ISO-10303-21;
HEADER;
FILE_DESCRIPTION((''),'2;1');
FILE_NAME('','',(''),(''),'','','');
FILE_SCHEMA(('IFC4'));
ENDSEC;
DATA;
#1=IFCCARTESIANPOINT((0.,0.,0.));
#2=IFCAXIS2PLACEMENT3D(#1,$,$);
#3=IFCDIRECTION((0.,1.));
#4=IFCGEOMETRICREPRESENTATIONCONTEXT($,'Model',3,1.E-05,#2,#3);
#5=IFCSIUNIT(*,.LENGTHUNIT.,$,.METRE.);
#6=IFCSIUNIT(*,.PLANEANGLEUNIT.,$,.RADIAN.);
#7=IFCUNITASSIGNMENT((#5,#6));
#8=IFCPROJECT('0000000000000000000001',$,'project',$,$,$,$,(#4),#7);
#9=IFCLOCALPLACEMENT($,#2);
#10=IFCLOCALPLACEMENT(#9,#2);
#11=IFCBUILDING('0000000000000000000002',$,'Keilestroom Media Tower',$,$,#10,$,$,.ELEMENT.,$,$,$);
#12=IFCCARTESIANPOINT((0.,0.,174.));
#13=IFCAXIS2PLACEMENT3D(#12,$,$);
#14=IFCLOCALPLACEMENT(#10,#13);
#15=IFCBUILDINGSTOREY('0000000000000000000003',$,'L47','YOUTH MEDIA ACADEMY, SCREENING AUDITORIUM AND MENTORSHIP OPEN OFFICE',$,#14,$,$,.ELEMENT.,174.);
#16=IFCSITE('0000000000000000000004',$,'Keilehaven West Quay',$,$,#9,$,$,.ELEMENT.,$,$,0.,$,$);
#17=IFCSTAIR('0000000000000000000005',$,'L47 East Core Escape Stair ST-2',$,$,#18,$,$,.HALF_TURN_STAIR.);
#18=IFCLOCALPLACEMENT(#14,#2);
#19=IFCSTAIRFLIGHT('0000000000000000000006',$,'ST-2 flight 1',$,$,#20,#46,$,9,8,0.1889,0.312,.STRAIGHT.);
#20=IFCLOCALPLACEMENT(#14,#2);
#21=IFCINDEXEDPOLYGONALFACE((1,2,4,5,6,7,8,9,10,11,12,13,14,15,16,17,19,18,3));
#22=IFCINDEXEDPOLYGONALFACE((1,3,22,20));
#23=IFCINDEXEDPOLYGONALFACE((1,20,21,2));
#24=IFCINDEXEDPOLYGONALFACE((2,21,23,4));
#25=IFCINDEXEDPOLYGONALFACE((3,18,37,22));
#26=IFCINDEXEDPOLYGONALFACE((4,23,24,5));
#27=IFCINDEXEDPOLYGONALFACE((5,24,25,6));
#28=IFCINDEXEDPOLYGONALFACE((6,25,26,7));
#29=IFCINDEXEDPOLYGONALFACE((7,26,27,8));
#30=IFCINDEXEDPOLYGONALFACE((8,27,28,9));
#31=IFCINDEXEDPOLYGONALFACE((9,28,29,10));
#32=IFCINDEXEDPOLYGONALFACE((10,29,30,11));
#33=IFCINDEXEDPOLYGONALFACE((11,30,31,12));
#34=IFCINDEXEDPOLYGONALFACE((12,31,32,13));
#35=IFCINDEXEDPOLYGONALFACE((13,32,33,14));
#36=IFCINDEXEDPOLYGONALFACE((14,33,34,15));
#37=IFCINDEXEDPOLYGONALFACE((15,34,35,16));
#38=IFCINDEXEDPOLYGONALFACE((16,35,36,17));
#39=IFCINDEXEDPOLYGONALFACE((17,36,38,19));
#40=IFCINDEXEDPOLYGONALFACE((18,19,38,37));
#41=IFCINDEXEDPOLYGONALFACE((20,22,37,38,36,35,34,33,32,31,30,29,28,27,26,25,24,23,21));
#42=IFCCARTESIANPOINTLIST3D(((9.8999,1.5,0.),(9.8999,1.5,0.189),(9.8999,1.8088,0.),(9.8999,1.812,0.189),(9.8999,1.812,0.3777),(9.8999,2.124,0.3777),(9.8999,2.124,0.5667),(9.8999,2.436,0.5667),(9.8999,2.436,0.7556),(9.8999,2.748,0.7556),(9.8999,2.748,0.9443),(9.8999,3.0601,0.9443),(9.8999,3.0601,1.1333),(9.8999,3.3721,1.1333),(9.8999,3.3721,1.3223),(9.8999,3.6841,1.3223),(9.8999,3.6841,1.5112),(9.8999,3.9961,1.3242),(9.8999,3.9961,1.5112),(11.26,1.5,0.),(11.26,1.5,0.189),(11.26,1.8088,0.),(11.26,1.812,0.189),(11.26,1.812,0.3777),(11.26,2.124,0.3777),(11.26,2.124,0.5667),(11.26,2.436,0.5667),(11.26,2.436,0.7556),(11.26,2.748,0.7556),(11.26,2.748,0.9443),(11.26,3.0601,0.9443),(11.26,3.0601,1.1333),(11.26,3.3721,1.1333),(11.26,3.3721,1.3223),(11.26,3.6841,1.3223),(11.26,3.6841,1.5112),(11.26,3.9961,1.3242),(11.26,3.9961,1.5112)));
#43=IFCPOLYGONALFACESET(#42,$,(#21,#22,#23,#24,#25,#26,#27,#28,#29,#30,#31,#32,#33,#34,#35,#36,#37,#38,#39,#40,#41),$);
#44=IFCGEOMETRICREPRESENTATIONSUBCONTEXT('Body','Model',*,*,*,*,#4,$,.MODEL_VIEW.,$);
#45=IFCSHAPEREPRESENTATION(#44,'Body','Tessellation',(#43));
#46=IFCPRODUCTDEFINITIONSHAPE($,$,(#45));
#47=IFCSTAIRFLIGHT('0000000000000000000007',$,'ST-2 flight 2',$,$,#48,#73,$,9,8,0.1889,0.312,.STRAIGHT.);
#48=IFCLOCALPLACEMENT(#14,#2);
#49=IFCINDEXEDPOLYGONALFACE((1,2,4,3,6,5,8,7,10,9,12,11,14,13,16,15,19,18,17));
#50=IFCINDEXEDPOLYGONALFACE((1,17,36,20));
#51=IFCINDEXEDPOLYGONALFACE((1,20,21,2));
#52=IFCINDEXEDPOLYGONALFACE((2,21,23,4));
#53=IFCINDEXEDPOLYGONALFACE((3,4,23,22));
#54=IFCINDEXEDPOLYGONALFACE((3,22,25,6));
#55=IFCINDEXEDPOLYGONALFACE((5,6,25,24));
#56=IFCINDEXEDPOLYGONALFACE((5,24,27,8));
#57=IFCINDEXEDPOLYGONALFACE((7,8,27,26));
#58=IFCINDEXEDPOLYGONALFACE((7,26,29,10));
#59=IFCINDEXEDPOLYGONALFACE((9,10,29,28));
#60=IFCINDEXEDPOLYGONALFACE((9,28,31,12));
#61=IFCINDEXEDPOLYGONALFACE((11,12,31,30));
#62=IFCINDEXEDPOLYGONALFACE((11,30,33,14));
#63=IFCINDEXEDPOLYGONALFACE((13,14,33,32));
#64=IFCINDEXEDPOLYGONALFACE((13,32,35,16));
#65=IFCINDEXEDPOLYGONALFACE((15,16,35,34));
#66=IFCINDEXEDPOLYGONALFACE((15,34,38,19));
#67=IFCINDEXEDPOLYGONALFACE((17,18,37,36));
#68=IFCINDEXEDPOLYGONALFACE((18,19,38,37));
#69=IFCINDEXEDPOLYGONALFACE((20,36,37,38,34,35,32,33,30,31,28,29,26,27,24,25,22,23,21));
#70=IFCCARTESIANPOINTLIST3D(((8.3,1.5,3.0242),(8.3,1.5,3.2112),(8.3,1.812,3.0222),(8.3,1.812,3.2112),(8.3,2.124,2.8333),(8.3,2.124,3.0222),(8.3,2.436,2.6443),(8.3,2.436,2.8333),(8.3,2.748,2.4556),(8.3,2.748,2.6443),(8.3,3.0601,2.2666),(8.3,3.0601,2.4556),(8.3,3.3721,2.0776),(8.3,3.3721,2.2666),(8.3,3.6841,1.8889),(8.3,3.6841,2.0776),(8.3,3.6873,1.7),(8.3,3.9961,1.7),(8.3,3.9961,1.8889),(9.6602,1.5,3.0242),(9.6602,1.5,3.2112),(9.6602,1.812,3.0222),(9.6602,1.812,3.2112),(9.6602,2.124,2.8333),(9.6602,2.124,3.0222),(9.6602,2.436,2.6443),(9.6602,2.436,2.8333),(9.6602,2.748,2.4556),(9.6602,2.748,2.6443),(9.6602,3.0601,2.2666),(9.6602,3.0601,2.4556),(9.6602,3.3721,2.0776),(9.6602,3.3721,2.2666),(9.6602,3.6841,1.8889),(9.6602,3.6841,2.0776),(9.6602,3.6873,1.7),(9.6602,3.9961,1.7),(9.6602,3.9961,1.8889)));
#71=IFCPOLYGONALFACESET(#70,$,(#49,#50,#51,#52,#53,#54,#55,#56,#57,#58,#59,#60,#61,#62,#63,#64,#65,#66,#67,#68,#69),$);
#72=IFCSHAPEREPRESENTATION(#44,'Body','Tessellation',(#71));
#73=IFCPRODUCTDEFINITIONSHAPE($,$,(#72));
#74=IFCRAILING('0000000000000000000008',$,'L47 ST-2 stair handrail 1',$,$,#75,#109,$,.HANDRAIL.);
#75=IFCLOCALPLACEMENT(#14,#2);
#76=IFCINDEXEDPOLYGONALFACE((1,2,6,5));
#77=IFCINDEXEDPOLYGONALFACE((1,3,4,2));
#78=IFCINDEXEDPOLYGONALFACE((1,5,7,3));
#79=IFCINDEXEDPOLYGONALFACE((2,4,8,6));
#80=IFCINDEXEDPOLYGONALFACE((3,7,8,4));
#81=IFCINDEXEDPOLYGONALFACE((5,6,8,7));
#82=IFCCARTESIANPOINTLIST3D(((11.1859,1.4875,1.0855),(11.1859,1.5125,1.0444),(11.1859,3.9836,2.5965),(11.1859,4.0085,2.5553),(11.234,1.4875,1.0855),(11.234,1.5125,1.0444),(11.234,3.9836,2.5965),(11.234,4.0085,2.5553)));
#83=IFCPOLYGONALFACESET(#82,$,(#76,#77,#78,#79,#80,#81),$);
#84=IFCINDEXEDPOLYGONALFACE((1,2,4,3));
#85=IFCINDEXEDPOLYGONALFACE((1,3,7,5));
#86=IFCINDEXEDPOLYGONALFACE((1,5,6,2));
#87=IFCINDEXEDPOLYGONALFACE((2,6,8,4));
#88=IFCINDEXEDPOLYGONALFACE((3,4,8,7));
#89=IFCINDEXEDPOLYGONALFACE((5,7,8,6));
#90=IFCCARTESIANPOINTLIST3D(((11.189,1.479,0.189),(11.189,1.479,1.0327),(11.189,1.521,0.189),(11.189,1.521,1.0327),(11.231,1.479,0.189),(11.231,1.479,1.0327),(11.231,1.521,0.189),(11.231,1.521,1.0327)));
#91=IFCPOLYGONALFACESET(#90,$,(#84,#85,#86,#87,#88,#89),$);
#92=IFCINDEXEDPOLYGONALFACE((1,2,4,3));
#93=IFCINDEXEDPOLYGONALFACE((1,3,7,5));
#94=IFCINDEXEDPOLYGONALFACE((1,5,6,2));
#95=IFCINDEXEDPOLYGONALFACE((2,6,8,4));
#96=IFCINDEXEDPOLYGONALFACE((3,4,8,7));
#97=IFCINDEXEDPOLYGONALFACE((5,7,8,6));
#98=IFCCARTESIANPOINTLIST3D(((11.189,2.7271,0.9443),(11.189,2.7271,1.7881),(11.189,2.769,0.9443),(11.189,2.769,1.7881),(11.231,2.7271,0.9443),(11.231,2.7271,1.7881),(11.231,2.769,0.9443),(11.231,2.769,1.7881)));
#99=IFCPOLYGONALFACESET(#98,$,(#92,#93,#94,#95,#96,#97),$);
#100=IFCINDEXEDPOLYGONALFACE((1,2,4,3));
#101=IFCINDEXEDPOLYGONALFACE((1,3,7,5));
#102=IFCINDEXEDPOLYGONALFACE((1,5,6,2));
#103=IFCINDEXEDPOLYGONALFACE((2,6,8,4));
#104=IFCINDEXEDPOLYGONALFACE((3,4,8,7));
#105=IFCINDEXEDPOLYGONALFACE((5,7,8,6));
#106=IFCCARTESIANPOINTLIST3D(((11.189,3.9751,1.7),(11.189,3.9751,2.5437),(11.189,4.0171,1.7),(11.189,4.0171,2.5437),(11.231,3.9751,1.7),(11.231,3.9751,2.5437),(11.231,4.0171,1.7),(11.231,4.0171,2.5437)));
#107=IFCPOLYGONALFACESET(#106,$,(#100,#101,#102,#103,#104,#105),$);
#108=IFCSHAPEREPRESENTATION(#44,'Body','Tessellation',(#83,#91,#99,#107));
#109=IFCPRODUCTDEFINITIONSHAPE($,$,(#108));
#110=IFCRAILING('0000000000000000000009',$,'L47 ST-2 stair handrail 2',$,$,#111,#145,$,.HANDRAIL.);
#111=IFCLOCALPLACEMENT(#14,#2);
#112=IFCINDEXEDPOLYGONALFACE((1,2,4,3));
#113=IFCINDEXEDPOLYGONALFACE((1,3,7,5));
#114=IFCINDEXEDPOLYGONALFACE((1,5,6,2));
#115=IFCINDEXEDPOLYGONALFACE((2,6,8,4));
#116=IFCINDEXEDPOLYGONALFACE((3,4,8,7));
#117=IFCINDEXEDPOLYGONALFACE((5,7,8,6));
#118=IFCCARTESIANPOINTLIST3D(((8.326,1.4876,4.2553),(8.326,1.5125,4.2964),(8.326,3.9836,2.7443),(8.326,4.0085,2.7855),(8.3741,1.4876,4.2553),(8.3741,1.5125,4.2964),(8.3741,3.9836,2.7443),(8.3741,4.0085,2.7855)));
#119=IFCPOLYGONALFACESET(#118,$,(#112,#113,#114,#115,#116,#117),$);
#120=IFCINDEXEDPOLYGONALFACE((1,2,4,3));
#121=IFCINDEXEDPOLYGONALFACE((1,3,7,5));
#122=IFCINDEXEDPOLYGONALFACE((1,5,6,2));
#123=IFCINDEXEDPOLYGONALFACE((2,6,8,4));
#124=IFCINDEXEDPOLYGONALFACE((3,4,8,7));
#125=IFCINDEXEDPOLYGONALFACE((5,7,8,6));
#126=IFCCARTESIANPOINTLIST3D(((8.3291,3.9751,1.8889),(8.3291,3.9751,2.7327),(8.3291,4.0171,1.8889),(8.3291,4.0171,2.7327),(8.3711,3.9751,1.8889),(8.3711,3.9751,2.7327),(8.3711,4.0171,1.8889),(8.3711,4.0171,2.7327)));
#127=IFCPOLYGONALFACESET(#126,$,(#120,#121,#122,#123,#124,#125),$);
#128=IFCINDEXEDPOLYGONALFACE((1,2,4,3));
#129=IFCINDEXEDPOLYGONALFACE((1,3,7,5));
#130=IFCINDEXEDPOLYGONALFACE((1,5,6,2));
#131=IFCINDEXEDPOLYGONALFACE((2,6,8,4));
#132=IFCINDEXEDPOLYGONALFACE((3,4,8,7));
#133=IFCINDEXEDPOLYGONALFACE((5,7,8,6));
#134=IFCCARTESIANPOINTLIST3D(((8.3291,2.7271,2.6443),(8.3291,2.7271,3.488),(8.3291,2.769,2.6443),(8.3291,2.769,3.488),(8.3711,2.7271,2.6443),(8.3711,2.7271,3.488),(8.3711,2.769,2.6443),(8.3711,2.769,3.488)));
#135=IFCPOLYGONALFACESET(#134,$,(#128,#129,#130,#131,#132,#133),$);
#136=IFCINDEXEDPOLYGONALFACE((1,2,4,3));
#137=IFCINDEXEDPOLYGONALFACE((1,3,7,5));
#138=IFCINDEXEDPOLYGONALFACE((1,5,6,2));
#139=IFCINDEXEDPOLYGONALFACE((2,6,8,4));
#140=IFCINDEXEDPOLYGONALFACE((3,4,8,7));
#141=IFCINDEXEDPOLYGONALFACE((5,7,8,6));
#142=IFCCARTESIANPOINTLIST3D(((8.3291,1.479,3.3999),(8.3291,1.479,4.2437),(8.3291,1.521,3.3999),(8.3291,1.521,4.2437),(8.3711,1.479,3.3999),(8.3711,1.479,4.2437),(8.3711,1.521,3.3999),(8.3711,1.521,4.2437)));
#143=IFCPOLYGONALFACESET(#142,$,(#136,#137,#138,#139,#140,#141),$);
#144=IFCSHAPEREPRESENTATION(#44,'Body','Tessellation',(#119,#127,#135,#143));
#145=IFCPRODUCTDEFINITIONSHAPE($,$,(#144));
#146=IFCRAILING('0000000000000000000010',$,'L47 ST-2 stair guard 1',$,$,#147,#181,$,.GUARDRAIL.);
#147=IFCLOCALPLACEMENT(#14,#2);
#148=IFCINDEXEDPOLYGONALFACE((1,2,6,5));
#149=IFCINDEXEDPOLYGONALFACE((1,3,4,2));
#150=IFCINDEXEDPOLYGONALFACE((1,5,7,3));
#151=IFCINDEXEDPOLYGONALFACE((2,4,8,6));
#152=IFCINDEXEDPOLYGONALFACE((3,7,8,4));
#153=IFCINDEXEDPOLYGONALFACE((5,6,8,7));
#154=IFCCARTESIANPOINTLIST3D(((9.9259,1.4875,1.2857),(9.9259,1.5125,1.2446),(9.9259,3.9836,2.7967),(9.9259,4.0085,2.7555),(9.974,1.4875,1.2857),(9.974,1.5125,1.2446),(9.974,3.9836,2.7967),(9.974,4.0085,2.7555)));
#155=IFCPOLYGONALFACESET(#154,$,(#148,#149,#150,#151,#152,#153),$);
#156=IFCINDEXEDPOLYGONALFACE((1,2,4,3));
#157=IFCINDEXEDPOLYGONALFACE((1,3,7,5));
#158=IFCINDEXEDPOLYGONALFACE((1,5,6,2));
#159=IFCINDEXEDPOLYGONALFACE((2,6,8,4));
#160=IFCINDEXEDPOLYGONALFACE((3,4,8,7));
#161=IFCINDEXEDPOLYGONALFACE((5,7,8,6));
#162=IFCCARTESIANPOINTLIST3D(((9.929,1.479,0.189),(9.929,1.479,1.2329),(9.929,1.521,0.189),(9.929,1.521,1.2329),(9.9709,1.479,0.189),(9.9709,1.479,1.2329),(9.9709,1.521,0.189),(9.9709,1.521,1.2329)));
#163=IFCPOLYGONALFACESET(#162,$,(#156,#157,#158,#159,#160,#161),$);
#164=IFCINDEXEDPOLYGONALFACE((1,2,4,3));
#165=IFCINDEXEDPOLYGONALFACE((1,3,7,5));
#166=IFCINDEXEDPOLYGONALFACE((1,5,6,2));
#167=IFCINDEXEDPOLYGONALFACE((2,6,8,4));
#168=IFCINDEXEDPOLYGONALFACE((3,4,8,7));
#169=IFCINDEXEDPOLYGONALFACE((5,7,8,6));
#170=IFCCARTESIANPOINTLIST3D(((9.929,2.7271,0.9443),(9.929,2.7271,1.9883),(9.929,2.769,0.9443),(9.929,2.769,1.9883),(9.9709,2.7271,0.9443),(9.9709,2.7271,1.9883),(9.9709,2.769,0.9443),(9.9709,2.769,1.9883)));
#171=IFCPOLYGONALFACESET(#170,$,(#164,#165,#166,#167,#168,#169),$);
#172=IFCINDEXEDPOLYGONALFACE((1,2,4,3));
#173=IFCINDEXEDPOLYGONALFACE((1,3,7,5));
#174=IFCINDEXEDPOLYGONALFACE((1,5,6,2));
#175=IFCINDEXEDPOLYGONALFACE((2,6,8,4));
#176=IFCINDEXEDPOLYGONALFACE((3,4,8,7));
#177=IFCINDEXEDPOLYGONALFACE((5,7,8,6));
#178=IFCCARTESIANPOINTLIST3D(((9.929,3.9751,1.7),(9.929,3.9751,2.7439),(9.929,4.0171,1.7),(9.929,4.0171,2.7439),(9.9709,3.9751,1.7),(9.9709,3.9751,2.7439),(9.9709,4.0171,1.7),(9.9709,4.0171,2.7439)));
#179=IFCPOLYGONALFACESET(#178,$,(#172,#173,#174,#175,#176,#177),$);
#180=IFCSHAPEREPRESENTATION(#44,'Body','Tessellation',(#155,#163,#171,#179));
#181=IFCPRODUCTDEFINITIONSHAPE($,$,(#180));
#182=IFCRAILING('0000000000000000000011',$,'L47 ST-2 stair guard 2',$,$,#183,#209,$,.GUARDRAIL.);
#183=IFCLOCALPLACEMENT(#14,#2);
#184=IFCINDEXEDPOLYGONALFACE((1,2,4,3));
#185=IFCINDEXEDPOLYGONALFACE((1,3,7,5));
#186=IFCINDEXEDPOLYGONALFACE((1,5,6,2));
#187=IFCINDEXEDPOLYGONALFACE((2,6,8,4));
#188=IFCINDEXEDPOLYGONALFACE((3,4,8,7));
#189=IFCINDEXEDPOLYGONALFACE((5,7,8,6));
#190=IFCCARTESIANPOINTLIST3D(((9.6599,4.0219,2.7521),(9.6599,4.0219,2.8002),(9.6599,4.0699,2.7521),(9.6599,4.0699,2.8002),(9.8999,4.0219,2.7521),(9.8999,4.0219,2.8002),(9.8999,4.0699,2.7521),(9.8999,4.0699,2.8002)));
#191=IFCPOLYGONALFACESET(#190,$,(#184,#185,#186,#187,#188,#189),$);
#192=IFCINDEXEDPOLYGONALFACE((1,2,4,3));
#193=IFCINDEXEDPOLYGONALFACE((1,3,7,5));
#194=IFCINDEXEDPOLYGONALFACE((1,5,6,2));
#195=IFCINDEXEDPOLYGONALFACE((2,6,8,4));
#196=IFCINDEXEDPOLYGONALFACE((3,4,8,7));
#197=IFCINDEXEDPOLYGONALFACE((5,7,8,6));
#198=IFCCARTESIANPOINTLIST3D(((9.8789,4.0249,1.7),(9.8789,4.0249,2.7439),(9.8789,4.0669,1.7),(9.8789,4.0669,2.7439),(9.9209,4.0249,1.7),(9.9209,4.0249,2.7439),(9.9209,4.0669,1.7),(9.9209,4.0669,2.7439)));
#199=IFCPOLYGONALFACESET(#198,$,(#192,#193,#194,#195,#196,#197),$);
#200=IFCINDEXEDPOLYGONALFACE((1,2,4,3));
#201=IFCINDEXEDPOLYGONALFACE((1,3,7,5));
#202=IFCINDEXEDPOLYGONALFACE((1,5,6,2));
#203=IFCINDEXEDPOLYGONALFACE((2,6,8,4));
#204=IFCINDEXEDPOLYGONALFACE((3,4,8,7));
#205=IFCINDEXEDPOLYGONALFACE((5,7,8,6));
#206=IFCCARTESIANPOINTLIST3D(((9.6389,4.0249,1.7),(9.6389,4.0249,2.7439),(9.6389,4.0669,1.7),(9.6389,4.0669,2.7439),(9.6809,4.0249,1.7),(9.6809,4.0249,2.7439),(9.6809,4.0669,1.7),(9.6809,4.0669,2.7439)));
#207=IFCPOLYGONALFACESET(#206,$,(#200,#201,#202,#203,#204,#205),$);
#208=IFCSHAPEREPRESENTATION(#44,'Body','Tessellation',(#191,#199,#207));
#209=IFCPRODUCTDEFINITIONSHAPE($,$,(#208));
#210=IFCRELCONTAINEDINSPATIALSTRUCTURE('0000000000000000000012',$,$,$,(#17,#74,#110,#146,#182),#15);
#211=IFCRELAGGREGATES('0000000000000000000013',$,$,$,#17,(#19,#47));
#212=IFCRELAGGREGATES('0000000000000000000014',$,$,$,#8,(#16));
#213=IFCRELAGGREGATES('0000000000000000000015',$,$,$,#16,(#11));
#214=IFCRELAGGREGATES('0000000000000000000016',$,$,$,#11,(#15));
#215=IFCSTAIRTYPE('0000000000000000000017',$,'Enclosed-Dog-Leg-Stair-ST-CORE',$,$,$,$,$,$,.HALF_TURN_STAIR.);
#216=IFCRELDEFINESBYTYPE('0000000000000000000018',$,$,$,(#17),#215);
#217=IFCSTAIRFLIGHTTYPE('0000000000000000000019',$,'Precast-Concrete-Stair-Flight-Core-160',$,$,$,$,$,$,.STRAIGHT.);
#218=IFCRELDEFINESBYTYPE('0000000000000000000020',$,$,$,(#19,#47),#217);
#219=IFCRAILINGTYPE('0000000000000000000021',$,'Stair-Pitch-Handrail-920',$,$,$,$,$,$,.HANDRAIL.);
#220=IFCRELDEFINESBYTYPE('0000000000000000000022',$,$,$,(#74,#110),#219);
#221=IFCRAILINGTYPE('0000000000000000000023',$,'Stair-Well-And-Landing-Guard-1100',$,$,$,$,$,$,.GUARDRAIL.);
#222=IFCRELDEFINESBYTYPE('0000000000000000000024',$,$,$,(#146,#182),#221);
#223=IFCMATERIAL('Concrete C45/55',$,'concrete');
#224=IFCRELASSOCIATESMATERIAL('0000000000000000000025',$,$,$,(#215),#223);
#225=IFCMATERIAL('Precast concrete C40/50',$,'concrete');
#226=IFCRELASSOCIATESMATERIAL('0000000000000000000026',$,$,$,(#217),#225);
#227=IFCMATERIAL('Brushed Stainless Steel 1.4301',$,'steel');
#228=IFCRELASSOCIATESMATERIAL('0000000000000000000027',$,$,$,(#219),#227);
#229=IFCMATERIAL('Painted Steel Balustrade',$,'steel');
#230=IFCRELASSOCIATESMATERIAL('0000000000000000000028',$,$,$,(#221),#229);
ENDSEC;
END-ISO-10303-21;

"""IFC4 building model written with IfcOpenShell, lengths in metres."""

from ifc_helpers import new_model, si_unit, direction, frame, origin, origin_2d, place, context, subcontext, project, spatial, polyline, rectangle, outline, extrude, material, type_object, element, aggregate, save


model = new_model("IFC4")

# Units and contexts
model_context = context("Model", 3, precision=1e-05, world=origin(), true_north=direction((0.0, 1.0)))
body_context = subcontext(model_context, "Body", "Model", "MODEL_VIEW")
ifc_project = project(units=[si_unit("LENGTHUNIT", "METRE"), si_unit("PLANEANGLEUNIT", "RADIAN")], contexts=[model_context])

# Site, building, storey
site_placement = place(None, origin())
site = spatial("IfcSite", under=ifc_project, at=site_placement, Name="Keilehaven West Quay", CompositionType="ELEMENT", RefElevation=0.0)
building_placement = place(site_placement, origin())
building = spatial("IfcBuilding", under=site, at=building_placement, Name="Keilestroom Media Tower", CompositionType="ELEMENT")
storey_placement = place(building_placement, frame((0.0, 0.0, 174.0)))
storey = spatial("IfcBuildingStorey", under=building, at=storey_placement, Name="L47", Description="YOUTH MEDIA ACADEMY, SCREENING AUDITORIUM AND MENTORSHIP OPEN OFFICE", CompositionType="ELEMENT", Elevation=174.0)

# Stair, stair flights
ifc_material_1 = material(Name="Concrete C45/55", Category="concrete")
stair_type = type_object("IfcStairType", Name="Enclosed-Dog-Leg-Stair-ST-CORE", PredefinedType="HALF_TURN_STAIR", material=ifc_material_1)
stair_placement = place(storey_placement, origin())
stair = element("IfcStair", 1, at=stair_placement, inside=storey, type_object=stair_type, Name="L47 East Core Escape Stair ST-2", PredefinedType="HALF_TURN_STAIR")
ifc_material_2 = material(Name="Precast concrete C40/50", Category="concrete")
stair_flight_type = type_object("IfcStairFlightType", Name="Precast-Concrete-Stair-Flight-Core-160", PredefinedType="STRAIGHT", material=ifc_material_2)
stair_flight_1_placement = place(storey_placement, frame((10.5801, 1.5, 0.0), z_axis=(0.0, 0.0, 1.0), x_axis=(0.0, 1.0, 0.0)))
stair_flight_1 = element("IfcStairFlight", 2, at=stair_flight_1_placement, type_object=stair_flight_type, Name="ST-2 flight 1", NumberOfRisers=9, NumberOfTreads=8, PredefinedType="STRAIGHT", RiserHeight=0.1889, TreadLength=0.312, context=body_context, shape_type="SweptSolid", body=[
    extrude(outline(polyline([(0.0, 0.0), (0.0, 0.189), (0.312, 0.189), (0.312, 0.3777), (0.624, 0.3777), (0.624, 0.5667), (0.936, 0.5667), (0.936, 0.7556), (1.248, 0.7556), (1.248, 0.9443), (1.5601, 0.9443), (1.5601, 1.1333), (1.8721, 1.1333), (1.8721, 1.3223), (2.1841, 1.3223), (2.1841, 1.5112), (2.4961, 1.5112), (2.4961, 1.7), (2.4961, 1.3242), (0.3088, 0.0), (0.0, 0.0)])), frame((0.0, 0.6802, 0.0), z_axis=(0.0, -1.0, 0.0), x_axis=(1.0, 0.0, 0.0)), (0.0, 0.0, 1.0), 1.3601),
])
stair_flight_2_placement = place(storey_placement, frame((8.98, 3.9961, 1.7), z_axis=(0.0, 0.0, 1.0), x_axis=(0.0, -1.0, 0.0)))
stair_flight_2 = element("IfcStairFlight", 3, at=stair_flight_2_placement, type_object=stair_flight_type, Name="ST-2 flight 2", NumberOfRisers=9, NumberOfTreads=8, PredefinedType="STRAIGHT", RiserHeight=0.1889, TreadLength=0.312, context=body_context, shape_type="SweptSolid", body=[
    extrude(outline(polyline([(0.0, 0.0), (0.0, 0.189), (0.312, 0.189), (0.312, 0.3777), (0.624, 0.3777), (0.624, 0.5667), (0.936, 0.5667), (0.936, 0.7556), (1.248, 0.7556), (1.248, 0.9443), (1.5601, 0.9443), (1.5601, 1.1333), (1.8721, 1.1333), (1.8721, 1.3223), (2.1841, 1.3223), (2.1841, 1.5112), (2.4961, 1.5112), (2.4961, 1.7), (2.4961, 1.3242), (0.3088, 0.0), (0.0, 0.0)])), frame((0.0, 0.6802, 0.0), z_axis=(0.0, -1.0, 0.0), x_axis=(1.0, 0.0, 0.0)), (0.0, 0.0, 1.0), 1.3601),
])
aggregate(stair, [stair_flight_1, stair_flight_2])

# Railings
ifc_material_3 = material(Name="Brushed Stainless Steel 1.4301", Category="steel")
railing_type_1 = type_object("IfcRailingType", Name="Stair-Pitch-Handrail-920", PredefinedType="HANDRAIL", material=ifc_material_3)
railing_1_placement = place(storey_placement, frame((11.21, 1.5, 0.189)))
element("IfcRailing", 4, at=railing_1_placement, inside=storey, type_object=railing_type_1, Name="L47 ST-2 stair handrail 1", PredefinedType="HANDRAIL", context=body_context, shape_type="SweptSolid", body=[
    extrude(rectangle(XDim=0.0481, YDim=0.0481, at=origin_2d()), frame((0.0, 0.0, 0.876), z_axis=(0.0, 0.855471, 0.517851), x_axis=(-1.0, 0.0, 0.0)), (0.0, 0.0, 1.0), 2.9177),
    extrude(rectangle(XDim=0.042, YDim=0.042, at=origin_2d()), origin(), (0.0, 0.0, 1.0), 0.8438),
    extrude(rectangle(XDim=0.042, YDim=0.042, at=origin_2d()), frame((0.0, 1.248, 0.7554)), (0.0, 0.0, 1.0), 0.8438),
    extrude(rectangle(XDim=0.042, YDim=0.042, at=origin_2d()), frame((0.0, 2.4961, 1.511)), (0.0, 0.0, 1.0), 0.8438),
])
railing_2_placement = place(storey_placement, frame((8.3501, 3.9961, 1.8889)))
element("IfcRailing", 5, at=railing_2_placement, inside=storey, type_object=railing_type_1, Name="L47 ST-2 stair handrail 2", PredefinedType="HANDRAIL", context=body_context, shape_type="SweptSolid", body=[
    extrude(rectangle(XDim=0.0481, YDim=0.0481, at=origin_2d()), frame((0.0, 0.0, 0.876), z_axis=(0.0, -0.855471, 0.517851), x_axis=(1.0, 0.0, 0.0)), (0.0, 0.0, 1.0), 2.9177),
    extrude(rectangle(XDim=0.042, YDim=0.042, at=origin_2d()), origin(), (0.0, 0.0, 1.0), 0.8438),
    extrude(rectangle(XDim=0.042, YDim=0.042, at=origin_2d()), frame((0.0, -1.248, 0.7554)), (0.0, 0.0, 1.0), 0.8438),
    extrude(rectangle(XDim=0.042, YDim=0.042, at=origin_2d()), frame((0.0, -2.4961, 1.511)), (0.0, 0.0, 1.0), 0.8438),
])
ifc_material_4 = material(Name="Painted Steel Balustrade", Category="steel")
railing_type_2 = type_object("IfcRailingType", Name="Stair-Well-And-Landing-Guard-1100", PredefinedType="GUARDRAIL", material=ifc_material_4)
railing_3_placement = place(storey_placement, frame((9.95, 1.5, 0.189)))
element("IfcRailing", 6, at=railing_3_placement, inside=storey, type_object=railing_type_2, Name="L47 ST-2 stair guard 1", PredefinedType="GUARDRAIL", context=body_context, shape_type="SweptSolid", body=[
    extrude(rectangle(XDim=0.0481, YDim=0.0481, at=origin_2d()), frame((0.0, 0.0, 1.0762), z_axis=(0.0, 0.855471, 0.517851), x_axis=(-1.0, 0.0, 0.0)), (0.0, 0.0, 1.0), 2.9177),
    extrude(rectangle(XDim=0.042, YDim=0.042, at=origin_2d()), origin(), (0.0, 0.0, 1.0), 1.0439),
    extrude(rectangle(XDim=0.042, YDim=0.042, at=origin_2d()), frame((0.0, 1.248, 0.7554)), (0.0, 0.0, 1.0), 1.0439),
    extrude(rectangle(XDim=0.042, YDim=0.042, at=origin_2d()), frame((0.0, 2.4961, 1.511)), (0.0, 0.0, 1.0), 1.0439),
])
railing_4_placement = place(storey_placement, frame((9.8999, 4.0459, 1.7)))
element("IfcRailing", 7, at=railing_4_placement, inside=storey, type_object=railing_type_2, Name="L47 ST-2 stair guard 2", PredefinedType="GUARDRAIL", context=body_context, shape_type="SweptSolid", body=[
    extrude(rectangle(XDim=0.0481, YDim=0.0481, at=origin_2d()), frame((0.0, 0.0, 1.0762), z_axis=(-1.0, 0.0, 0.0), x_axis=(0.0, -1.0, 0.0)), (0.0, 0.0, 1.0), 0.24),
    extrude(rectangle(XDim=0.042, YDim=0.042, at=origin_2d()), origin(), (0.0, 0.0, 1.0), 1.0439),
    extrude(rectangle(XDim=0.042, YDim=0.042, at=origin_2d()), frame((-0.24, 0.0, 0.0)), (0.0, 0.0, 1.0), 1.0439),
])

save(model, "model.ifc")
